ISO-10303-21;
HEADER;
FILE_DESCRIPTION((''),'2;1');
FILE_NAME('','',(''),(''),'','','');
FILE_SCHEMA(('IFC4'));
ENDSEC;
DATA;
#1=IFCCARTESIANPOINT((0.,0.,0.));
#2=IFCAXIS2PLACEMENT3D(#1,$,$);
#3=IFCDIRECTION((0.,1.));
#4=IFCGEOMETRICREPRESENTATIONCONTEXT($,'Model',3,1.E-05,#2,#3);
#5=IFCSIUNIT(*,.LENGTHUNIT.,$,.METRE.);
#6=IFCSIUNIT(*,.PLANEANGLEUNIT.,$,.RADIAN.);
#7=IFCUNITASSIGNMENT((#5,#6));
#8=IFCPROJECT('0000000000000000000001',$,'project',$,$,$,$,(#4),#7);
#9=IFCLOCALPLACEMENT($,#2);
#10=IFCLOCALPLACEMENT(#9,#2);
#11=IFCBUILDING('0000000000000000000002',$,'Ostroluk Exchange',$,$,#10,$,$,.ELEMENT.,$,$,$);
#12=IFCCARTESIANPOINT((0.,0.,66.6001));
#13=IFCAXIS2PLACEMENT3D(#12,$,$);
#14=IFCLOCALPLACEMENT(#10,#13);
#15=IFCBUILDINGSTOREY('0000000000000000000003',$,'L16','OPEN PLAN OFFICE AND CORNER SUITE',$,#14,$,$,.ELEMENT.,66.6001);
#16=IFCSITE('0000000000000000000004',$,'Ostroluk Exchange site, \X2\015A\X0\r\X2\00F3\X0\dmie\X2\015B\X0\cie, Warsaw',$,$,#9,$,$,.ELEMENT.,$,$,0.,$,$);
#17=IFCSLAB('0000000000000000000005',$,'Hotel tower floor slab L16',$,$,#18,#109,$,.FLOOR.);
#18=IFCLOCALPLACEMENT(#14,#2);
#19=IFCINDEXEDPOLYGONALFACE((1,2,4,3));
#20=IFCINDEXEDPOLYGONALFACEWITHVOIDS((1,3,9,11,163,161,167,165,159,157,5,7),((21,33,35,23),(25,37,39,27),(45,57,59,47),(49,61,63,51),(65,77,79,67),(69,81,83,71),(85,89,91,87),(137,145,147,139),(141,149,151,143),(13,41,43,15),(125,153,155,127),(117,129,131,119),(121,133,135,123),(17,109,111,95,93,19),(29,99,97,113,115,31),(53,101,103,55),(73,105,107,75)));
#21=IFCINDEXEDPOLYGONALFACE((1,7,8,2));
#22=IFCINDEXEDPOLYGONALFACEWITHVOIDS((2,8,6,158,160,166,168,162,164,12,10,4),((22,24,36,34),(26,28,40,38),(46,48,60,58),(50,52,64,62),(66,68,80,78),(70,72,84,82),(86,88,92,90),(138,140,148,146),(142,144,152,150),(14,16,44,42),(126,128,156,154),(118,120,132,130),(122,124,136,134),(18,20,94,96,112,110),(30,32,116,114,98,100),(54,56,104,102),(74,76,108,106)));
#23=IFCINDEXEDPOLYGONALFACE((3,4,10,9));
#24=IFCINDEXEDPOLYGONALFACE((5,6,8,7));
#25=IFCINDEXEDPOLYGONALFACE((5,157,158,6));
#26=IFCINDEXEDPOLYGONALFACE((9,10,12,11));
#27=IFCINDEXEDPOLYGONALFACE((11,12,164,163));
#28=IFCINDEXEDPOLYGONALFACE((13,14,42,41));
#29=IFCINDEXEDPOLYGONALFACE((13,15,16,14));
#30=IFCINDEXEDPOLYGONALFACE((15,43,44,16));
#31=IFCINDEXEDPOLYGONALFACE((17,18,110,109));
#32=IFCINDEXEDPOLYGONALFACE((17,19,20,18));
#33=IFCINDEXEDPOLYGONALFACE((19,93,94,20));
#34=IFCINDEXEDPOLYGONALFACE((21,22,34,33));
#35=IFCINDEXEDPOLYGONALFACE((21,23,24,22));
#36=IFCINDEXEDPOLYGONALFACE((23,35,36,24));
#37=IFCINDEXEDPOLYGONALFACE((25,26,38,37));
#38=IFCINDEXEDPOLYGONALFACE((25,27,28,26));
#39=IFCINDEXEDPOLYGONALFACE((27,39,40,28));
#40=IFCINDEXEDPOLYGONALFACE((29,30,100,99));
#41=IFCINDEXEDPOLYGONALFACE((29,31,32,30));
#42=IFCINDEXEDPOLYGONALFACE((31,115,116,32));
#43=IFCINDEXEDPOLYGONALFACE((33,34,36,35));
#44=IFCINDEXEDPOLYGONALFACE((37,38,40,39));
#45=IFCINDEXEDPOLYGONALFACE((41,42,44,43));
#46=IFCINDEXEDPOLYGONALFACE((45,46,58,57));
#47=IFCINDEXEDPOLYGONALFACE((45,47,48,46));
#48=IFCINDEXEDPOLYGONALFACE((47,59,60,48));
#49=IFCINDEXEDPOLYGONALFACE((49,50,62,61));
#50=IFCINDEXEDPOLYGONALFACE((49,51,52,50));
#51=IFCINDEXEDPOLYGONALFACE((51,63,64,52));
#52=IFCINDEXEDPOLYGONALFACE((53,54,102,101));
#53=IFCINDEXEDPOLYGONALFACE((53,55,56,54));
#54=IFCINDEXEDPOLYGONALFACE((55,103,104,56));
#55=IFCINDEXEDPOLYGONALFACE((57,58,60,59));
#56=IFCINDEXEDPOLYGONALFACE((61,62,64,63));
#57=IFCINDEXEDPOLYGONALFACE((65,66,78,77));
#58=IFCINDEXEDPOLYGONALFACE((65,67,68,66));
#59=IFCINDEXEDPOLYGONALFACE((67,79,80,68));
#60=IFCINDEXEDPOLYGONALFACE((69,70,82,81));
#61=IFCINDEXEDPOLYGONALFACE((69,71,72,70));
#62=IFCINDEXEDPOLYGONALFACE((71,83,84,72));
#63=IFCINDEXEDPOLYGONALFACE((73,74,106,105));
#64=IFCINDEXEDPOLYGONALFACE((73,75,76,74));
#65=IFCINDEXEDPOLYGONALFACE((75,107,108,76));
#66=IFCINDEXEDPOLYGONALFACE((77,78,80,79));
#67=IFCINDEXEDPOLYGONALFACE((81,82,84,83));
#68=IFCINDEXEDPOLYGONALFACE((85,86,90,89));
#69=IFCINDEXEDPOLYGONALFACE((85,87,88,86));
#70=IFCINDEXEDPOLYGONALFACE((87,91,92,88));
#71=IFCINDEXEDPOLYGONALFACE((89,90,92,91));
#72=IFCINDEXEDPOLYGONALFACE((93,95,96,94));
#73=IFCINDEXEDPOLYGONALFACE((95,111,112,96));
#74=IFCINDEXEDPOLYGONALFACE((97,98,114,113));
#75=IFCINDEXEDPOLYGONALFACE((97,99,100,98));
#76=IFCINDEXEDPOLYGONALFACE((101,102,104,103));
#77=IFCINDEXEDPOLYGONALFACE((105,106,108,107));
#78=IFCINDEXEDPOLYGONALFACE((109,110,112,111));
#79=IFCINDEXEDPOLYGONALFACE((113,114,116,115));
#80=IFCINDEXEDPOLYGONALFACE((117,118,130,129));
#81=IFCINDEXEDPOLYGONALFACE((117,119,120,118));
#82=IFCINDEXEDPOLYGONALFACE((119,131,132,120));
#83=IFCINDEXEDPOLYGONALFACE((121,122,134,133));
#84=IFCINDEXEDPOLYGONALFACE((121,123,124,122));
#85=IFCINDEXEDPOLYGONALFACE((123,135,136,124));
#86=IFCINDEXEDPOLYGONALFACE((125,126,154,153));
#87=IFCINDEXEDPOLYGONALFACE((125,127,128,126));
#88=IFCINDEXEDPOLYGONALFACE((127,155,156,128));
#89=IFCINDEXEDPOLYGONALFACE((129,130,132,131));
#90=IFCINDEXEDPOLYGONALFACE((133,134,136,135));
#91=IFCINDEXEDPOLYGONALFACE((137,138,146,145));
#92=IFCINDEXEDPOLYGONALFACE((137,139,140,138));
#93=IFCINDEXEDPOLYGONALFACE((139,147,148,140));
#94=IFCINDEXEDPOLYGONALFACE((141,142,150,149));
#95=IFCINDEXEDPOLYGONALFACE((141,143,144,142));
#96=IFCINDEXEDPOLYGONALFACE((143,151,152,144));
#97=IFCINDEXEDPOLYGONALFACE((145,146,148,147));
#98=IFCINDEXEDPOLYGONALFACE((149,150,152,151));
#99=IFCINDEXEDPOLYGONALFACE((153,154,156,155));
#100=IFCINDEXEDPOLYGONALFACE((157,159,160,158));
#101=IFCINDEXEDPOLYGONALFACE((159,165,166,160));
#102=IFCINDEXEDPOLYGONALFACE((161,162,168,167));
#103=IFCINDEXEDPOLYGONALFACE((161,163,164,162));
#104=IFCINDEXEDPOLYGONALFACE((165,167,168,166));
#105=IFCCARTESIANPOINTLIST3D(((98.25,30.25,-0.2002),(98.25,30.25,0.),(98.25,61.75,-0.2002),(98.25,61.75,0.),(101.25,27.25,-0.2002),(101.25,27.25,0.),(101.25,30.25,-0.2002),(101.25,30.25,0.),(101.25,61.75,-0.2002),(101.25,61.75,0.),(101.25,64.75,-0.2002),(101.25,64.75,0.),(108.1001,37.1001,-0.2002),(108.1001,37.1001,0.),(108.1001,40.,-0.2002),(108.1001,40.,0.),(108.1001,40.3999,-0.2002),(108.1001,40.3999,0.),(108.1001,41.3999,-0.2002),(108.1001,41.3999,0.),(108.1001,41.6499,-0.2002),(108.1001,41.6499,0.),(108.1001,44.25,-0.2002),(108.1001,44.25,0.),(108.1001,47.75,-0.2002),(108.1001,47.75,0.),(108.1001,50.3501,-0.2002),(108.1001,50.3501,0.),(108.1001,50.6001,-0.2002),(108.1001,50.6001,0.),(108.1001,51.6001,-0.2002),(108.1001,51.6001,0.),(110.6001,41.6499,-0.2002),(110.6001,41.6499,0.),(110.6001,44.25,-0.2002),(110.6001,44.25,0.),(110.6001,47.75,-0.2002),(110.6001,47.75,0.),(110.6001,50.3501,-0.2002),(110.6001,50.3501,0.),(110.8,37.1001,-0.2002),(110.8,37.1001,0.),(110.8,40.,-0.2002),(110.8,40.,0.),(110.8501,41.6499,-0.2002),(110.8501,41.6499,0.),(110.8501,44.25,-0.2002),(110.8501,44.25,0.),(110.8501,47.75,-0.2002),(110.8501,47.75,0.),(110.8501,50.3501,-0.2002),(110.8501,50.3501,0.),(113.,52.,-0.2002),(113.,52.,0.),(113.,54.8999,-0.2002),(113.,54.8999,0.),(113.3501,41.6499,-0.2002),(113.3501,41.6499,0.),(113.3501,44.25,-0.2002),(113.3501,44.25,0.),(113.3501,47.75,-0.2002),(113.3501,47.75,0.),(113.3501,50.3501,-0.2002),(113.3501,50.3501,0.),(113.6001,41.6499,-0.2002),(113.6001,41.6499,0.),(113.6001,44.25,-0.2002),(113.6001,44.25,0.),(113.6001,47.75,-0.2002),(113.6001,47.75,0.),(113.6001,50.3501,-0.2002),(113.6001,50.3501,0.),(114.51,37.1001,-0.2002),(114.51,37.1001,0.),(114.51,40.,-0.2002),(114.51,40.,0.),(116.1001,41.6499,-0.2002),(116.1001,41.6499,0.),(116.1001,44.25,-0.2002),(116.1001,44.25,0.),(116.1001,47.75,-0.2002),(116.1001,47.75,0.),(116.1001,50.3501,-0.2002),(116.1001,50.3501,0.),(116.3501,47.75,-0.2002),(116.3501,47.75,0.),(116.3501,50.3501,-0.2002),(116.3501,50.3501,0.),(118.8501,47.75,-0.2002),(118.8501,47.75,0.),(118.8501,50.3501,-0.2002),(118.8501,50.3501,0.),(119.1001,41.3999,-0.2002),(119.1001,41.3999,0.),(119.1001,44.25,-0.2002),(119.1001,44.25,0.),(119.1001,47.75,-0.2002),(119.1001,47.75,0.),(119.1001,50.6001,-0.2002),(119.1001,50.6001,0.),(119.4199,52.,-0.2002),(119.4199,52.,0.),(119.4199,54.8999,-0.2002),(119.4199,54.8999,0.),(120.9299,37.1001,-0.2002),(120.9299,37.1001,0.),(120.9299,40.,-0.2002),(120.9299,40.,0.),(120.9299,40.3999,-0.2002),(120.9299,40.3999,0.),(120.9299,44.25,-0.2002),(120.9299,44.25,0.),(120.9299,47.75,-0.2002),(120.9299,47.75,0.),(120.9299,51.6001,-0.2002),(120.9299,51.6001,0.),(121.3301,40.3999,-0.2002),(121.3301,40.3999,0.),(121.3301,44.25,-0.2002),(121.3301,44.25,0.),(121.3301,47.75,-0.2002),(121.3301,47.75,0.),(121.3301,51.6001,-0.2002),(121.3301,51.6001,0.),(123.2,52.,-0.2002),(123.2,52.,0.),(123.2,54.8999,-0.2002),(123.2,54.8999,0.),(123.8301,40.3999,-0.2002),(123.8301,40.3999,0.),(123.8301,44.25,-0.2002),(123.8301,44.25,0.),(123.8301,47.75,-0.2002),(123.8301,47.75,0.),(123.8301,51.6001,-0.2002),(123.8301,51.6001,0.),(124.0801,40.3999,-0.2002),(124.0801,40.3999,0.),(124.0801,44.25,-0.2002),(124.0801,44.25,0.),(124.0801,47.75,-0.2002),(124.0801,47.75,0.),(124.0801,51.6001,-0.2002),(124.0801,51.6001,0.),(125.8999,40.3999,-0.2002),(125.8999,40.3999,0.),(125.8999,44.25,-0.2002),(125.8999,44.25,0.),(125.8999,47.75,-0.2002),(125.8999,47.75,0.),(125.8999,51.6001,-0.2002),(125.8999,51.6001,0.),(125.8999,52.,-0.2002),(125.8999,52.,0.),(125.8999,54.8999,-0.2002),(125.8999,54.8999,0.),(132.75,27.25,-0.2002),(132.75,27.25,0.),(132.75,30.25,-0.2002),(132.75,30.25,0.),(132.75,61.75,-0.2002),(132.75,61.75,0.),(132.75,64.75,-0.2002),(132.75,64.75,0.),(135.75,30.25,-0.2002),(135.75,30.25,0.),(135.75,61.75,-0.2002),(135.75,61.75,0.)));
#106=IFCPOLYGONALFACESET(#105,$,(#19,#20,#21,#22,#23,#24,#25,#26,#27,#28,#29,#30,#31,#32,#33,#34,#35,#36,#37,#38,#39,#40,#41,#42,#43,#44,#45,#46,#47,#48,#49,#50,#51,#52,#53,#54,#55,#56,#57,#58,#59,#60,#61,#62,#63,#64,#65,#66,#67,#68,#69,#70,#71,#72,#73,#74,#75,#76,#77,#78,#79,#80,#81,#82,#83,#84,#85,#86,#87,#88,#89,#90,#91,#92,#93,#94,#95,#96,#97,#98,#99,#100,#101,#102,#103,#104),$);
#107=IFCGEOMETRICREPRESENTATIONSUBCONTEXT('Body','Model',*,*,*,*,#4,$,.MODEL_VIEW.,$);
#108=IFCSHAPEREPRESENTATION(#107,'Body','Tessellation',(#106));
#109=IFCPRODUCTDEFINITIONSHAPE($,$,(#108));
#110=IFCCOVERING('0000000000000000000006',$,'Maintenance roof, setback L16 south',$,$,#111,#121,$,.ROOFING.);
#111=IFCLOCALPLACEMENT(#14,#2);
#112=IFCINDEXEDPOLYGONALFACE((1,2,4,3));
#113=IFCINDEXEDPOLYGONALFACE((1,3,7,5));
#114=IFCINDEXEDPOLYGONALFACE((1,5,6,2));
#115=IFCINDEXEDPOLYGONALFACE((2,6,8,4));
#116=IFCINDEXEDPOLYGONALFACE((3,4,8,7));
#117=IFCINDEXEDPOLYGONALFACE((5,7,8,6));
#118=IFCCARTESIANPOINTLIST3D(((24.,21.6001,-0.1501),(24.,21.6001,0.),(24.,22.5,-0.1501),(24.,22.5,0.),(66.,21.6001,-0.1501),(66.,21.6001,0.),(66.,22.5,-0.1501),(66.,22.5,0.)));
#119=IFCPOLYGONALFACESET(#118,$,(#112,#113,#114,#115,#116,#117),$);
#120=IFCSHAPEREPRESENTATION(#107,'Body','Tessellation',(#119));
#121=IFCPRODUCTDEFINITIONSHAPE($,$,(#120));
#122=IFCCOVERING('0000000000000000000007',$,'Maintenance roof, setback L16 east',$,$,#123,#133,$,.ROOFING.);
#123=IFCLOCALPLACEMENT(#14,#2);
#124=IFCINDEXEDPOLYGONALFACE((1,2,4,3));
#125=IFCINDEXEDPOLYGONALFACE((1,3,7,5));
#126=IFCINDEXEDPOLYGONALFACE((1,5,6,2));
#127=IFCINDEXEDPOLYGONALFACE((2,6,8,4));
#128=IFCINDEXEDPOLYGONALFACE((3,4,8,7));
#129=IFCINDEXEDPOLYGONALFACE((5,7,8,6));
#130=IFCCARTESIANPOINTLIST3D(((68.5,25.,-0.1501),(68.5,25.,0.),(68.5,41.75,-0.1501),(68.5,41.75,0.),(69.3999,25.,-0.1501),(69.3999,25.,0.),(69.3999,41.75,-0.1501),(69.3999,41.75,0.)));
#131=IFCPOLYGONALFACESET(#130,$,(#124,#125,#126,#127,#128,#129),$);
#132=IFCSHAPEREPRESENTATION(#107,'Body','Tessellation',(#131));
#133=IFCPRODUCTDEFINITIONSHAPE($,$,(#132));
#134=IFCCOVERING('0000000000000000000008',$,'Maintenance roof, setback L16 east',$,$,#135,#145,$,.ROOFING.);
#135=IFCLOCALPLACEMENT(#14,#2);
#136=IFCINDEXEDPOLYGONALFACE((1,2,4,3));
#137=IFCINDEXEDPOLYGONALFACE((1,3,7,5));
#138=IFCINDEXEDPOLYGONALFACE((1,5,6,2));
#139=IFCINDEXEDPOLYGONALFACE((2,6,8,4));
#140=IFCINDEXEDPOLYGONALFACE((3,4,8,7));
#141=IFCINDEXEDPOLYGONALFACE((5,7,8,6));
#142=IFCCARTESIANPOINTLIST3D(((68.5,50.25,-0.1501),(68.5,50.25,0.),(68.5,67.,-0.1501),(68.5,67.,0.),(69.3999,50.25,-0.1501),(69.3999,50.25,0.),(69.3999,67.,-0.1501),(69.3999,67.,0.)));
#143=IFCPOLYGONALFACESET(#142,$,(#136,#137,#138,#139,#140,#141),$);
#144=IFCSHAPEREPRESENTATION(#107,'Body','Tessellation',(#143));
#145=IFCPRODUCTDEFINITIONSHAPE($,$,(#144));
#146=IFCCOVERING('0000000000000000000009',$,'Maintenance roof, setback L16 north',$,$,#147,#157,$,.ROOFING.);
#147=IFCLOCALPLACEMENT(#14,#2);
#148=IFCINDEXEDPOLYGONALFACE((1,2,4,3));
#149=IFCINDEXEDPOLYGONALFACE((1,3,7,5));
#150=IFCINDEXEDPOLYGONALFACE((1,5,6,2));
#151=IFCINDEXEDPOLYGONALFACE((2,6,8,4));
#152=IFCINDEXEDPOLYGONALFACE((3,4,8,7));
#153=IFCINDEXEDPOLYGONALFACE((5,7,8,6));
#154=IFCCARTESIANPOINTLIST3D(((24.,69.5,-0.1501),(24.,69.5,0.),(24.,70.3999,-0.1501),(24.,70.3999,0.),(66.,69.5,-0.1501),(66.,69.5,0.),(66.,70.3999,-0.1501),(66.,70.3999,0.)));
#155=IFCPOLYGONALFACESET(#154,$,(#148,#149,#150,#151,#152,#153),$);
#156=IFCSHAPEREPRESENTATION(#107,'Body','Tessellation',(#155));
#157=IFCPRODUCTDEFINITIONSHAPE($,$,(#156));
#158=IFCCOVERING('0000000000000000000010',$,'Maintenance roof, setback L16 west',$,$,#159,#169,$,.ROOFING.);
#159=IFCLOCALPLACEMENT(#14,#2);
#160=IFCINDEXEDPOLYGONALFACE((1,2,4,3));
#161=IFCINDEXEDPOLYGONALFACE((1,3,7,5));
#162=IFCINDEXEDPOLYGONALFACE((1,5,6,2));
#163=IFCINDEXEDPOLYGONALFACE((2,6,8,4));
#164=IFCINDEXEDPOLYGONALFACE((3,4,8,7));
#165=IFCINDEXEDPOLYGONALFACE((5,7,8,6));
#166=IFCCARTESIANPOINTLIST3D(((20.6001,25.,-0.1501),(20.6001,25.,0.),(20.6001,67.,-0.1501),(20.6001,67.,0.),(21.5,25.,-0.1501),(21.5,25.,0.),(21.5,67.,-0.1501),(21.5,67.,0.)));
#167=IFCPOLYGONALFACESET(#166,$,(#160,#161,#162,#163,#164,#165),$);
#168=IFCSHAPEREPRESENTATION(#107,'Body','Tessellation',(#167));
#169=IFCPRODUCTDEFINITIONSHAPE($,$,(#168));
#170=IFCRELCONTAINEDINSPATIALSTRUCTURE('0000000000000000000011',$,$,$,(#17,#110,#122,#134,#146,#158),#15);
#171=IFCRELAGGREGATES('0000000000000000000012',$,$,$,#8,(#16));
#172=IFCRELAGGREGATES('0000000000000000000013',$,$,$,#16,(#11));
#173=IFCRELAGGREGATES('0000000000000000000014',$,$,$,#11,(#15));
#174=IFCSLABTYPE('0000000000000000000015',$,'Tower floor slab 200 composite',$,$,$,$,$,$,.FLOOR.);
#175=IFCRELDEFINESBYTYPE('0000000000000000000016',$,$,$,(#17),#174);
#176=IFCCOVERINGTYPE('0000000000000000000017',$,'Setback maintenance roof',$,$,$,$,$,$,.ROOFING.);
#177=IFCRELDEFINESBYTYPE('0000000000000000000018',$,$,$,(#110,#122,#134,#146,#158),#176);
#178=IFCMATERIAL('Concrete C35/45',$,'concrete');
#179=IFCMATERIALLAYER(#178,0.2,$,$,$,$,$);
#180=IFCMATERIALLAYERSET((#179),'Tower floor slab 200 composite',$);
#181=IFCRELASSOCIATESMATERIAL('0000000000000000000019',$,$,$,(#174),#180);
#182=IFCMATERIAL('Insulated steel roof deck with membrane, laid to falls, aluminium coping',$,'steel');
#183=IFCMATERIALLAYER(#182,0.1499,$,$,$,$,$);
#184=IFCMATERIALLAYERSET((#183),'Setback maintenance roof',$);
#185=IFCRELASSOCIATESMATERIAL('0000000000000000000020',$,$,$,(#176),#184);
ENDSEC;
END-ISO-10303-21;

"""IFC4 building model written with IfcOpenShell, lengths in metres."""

from ifc_helpers import new_model, si_unit, direction, frame, origin, place, context, subcontext, project, spatial, polyline, outline, extrude, material, layer, layer_set, type_object, element, save


model = new_model("IFC4")

# Units and contexts
model_context = context("Model", 3, precision=1e-05, world=origin(), true_north=direction((0.0, 1.0)))
body_context = subcontext(model_context, "Body", "Model", "MODEL_VIEW")
ifc_project = project(units=[si_unit("LENGTHUNIT", "METRE"), si_unit("PLANEANGLEUNIT", "RADIAN")], contexts=[model_context])

# Site, building, storey
site_placement = place(None, origin())
site = spatial("IfcSite", under=ifc_project, at=site_placement, Name="Ostroluk Exchange site, Śródmieście, Warsaw", CompositionType="ELEMENT", RefElevation=0.0)
building_placement = place(site_placement, origin())
building = spatial("IfcBuilding", under=site, at=building_placement, Name="Ostroluk Exchange", CompositionType="ELEMENT")
storey_placement = place(building_placement, frame((0.0, 0.0, 66.6001)))
storey = spatial("IfcBuildingStorey", under=building, at=storey_placement, Name="L16", Description="OPEN PLAN OFFICE AND CORNER SUITE", CompositionType="ELEMENT", Elevation=66.6001)

# Slab
ifc_material_1 = material(Name="Concrete C35/45", Category="concrete")
ifc_layer_1 = layer(ifc_material_1, 0.2)
ifc_layer_set_1 = layer_set([ifc_layer_1], Name="Tower floor slab 200 composite")
slab_type_1 = type_object("IfcSlabType", Name="Tower floor slab 200 composite", PredefinedType="FLOOR", material=ifc_layer_set_1)
slab_1_placement = place(storey_placement, frame((0.0, 0.0, -0.2002)))
element("IfcSlab", 1, at=slab_1_placement, inside=storey, type_object=slab_type_1, Name="Hotel tower floor slab L16", PredefinedType="FLOOR", context=body_context, shape_type="SweptSolid", body=[
    extrude(outline(polyline([(101.25, 27.25), (132.75, 27.25), (132.75, 30.25), (135.75, 30.25), (135.75, 61.75), (132.75, 61.75), (132.75, 64.75), (101.25, 64.75), (101.25, 61.75), (98.25, 61.75), (98.25, 30.25), (101.25, 30.25), (101.25, 27.25)]), holes=[polyline([(108.1001, 37.1001), (110.8, 37.1001), (110.8, 40.0), (108.1001, 40.0), (108.1001, 37.1001)]), polyline([(114.51, 37.1001), (120.9299, 37.1001), (120.9299, 40.0), (114.51, 40.0), (114.51, 37.1001)]), polyline([(113.0, 52.0), (119.4199, 52.0), (119.4199, 54.8999), (113.0, 54.8999), (113.0, 52.0)]), polyline([(123.2, 52.0), (125.8999, 52.0), (125.8999, 54.8999), (123.2, 54.8999), (123.2, 52.0)]), polyline([(108.1001, 47.75), (110.6001, 47.75), (110.6001, 50.3501), (108.1001, 50.3501), (108.1001, 47.75)]), polyline([(110.8501, 47.75), (113.3501, 47.75), (113.3501, 50.3501), (110.8501, 50.3501), (110.8501, 47.75)]), polyline([(113.6001, 47.75), (116.1001, 47.75), (116.1001, 50.3501), (113.6001, 50.3501), (113.6001, 47.75)]), polyline([(116.3501, 47.75), (118.8501, 47.75), (118.8501, 50.3501), (116.3501, 50.3501), (116.3501, 47.75)]), polyline([(108.1001, 41.6499), (110.6001, 41.6499), (110.6001, 44.25), (108.1001, 44.25), (108.1001, 41.6499)]), polyline([(110.8501, 41.6499), (113.3501, 41.6499), (113.3501, 44.25), (110.8501, 44.25), (110.8501, 41.6499)]), polyline([(113.6001, 41.6499), (116.1001, 41.6499), (116.1001, 44.25), (113.6001, 44.25), (113.6001, 41.6499)]), polyline([(121.3301, 47.75), (123.8301, 47.75), (123.8301, 51.6001), (121.3301, 51.6001), (121.3301, 47.75)]), polyline([(121.3301, 40.3999), (123.8301, 40.3999), (123.8301, 44.25), (121.3301, 44.25), (121.3301, 40.3999)]), polyline([(120.9299, 51.6001), (120.9299, 47.75), (119.1001, 47.75), (119.1001, 50.6001), (108.1001, 50.6001), (108.1001, 51.6001), (120.9299, 51.6001)]), polyline([(108.1001, 40.3999), (108.1001, 41.3999), (119.1001, 41.3999), (119.1001, 44.25), (120.9299, 44.25), (120.9299, 40.3999), (108.1001, 40.3999)]), polyline([(124.0801, 47.75), (125.8999, 47.75), (125.8999, 51.6001), (124.0801, 51.6001), (124.0801, 47.75)]), polyline([(124.0801, 40.3999), (125.8999, 40.3999), (125.8999, 44.25), (124.0801, 44.25), (124.0801, 40.3999)])]), origin(), (0.0, 0.0, 1.0), 0.2002),
])

# Coverings
ifc_material_2 = material(Name="Insulated steel roof deck with membrane, laid to falls, aluminium coping", Category="steel")
ifc_layer_2 = layer(ifc_material_2, 0.1499)
ifc_layer_set_2 = layer_set([ifc_layer_2], Name="Setback maintenance roof")
covering_type = type_object("IfcCoveringType", Name="Setback maintenance roof", PredefinedType="ROOFING", material=ifc_layer_set_2)
covering_1_placement = place(storey_placement, frame((0.0, 0.0, -0.1501)))
element("IfcCovering", 2, at=covering_1_placement, inside=storey, type_object=covering_type, Name="Maintenance roof, setback L16 south", PredefinedType="ROOFING", context=body_context, shape_type="SweptSolid", body=[
    extrude(outline(polyline([(24.0, 22.5), (66.0, 22.5), (66.0, 21.6001), (24.0, 21.6001), (24.0, 22.5)])), origin(), (0.0, 0.0, 1.0), 0.1501),
])
covering_2_placement = place(storey_placement, frame((0.0, 0.0, -0.1501)))
element("IfcCovering", 3, at=covering_2_placement, inside=storey, type_object=covering_type, Name="Maintenance roof, setback L16 east", PredefinedType="ROOFING", context=body_context, shape_type="SweptSolid", body=[
    extrude(outline(polyline([(68.5, 41.75), (69.3999, 41.75), (69.3999, 25.0), (68.5, 25.0), (68.5, 41.75)])), origin(), (0.0, 0.0, 1.0), 0.1501),
])
covering_3_placement = place(storey_placement, frame((0.0, 0.0, -0.1501)))
element("IfcCovering", 4, at=covering_3_placement, inside=storey, type_object=covering_type, Name="Maintenance roof, setback L16 east", PredefinedType="ROOFING", context=body_context, shape_type="SweptSolid", body=[
    extrude(outline(polyline([(68.5, 67.0), (69.3999, 67.0), (69.3999, 50.25), (68.5, 50.25), (68.5, 67.0)])), origin(), (0.0, 0.0, 1.0), 0.1501),
])
covering_4_placement = place(storey_placement, frame((0.0, 0.0, -0.1501)))
element("IfcCovering", 5, at=covering_4_placement, inside=storey, type_object=covering_type, Name="Maintenance roof, setback L16 north", PredefinedType="ROOFING", context=body_context, shape_type="SweptSolid", body=[
    extrude(outline(polyline([(24.0, 70.3999), (66.0, 70.3999), (66.0, 69.5), (24.0, 69.5), (24.0, 70.3999)])), origin(), (0.0, 0.0, 1.0), 0.1501),
])
covering_5_placement = place(storey_placement, frame((0.0, 0.0, -0.1501)))
element("IfcCovering", 6, at=covering_5_placement, inside=storey, type_object=covering_type, Name="Maintenance roof, setback L16 west", PredefinedType="ROOFING", context=body_context, shape_type="SweptSolid", body=[
    extrude(outline(polyline([(20.6001, 67.0), (21.5, 67.0), (21.5, 25.0), (20.6001, 25.0), (20.6001, 67.0)])), origin(), (0.0, 0.0, 1.0), 0.1501),
])

save(model, "model.ifc")
